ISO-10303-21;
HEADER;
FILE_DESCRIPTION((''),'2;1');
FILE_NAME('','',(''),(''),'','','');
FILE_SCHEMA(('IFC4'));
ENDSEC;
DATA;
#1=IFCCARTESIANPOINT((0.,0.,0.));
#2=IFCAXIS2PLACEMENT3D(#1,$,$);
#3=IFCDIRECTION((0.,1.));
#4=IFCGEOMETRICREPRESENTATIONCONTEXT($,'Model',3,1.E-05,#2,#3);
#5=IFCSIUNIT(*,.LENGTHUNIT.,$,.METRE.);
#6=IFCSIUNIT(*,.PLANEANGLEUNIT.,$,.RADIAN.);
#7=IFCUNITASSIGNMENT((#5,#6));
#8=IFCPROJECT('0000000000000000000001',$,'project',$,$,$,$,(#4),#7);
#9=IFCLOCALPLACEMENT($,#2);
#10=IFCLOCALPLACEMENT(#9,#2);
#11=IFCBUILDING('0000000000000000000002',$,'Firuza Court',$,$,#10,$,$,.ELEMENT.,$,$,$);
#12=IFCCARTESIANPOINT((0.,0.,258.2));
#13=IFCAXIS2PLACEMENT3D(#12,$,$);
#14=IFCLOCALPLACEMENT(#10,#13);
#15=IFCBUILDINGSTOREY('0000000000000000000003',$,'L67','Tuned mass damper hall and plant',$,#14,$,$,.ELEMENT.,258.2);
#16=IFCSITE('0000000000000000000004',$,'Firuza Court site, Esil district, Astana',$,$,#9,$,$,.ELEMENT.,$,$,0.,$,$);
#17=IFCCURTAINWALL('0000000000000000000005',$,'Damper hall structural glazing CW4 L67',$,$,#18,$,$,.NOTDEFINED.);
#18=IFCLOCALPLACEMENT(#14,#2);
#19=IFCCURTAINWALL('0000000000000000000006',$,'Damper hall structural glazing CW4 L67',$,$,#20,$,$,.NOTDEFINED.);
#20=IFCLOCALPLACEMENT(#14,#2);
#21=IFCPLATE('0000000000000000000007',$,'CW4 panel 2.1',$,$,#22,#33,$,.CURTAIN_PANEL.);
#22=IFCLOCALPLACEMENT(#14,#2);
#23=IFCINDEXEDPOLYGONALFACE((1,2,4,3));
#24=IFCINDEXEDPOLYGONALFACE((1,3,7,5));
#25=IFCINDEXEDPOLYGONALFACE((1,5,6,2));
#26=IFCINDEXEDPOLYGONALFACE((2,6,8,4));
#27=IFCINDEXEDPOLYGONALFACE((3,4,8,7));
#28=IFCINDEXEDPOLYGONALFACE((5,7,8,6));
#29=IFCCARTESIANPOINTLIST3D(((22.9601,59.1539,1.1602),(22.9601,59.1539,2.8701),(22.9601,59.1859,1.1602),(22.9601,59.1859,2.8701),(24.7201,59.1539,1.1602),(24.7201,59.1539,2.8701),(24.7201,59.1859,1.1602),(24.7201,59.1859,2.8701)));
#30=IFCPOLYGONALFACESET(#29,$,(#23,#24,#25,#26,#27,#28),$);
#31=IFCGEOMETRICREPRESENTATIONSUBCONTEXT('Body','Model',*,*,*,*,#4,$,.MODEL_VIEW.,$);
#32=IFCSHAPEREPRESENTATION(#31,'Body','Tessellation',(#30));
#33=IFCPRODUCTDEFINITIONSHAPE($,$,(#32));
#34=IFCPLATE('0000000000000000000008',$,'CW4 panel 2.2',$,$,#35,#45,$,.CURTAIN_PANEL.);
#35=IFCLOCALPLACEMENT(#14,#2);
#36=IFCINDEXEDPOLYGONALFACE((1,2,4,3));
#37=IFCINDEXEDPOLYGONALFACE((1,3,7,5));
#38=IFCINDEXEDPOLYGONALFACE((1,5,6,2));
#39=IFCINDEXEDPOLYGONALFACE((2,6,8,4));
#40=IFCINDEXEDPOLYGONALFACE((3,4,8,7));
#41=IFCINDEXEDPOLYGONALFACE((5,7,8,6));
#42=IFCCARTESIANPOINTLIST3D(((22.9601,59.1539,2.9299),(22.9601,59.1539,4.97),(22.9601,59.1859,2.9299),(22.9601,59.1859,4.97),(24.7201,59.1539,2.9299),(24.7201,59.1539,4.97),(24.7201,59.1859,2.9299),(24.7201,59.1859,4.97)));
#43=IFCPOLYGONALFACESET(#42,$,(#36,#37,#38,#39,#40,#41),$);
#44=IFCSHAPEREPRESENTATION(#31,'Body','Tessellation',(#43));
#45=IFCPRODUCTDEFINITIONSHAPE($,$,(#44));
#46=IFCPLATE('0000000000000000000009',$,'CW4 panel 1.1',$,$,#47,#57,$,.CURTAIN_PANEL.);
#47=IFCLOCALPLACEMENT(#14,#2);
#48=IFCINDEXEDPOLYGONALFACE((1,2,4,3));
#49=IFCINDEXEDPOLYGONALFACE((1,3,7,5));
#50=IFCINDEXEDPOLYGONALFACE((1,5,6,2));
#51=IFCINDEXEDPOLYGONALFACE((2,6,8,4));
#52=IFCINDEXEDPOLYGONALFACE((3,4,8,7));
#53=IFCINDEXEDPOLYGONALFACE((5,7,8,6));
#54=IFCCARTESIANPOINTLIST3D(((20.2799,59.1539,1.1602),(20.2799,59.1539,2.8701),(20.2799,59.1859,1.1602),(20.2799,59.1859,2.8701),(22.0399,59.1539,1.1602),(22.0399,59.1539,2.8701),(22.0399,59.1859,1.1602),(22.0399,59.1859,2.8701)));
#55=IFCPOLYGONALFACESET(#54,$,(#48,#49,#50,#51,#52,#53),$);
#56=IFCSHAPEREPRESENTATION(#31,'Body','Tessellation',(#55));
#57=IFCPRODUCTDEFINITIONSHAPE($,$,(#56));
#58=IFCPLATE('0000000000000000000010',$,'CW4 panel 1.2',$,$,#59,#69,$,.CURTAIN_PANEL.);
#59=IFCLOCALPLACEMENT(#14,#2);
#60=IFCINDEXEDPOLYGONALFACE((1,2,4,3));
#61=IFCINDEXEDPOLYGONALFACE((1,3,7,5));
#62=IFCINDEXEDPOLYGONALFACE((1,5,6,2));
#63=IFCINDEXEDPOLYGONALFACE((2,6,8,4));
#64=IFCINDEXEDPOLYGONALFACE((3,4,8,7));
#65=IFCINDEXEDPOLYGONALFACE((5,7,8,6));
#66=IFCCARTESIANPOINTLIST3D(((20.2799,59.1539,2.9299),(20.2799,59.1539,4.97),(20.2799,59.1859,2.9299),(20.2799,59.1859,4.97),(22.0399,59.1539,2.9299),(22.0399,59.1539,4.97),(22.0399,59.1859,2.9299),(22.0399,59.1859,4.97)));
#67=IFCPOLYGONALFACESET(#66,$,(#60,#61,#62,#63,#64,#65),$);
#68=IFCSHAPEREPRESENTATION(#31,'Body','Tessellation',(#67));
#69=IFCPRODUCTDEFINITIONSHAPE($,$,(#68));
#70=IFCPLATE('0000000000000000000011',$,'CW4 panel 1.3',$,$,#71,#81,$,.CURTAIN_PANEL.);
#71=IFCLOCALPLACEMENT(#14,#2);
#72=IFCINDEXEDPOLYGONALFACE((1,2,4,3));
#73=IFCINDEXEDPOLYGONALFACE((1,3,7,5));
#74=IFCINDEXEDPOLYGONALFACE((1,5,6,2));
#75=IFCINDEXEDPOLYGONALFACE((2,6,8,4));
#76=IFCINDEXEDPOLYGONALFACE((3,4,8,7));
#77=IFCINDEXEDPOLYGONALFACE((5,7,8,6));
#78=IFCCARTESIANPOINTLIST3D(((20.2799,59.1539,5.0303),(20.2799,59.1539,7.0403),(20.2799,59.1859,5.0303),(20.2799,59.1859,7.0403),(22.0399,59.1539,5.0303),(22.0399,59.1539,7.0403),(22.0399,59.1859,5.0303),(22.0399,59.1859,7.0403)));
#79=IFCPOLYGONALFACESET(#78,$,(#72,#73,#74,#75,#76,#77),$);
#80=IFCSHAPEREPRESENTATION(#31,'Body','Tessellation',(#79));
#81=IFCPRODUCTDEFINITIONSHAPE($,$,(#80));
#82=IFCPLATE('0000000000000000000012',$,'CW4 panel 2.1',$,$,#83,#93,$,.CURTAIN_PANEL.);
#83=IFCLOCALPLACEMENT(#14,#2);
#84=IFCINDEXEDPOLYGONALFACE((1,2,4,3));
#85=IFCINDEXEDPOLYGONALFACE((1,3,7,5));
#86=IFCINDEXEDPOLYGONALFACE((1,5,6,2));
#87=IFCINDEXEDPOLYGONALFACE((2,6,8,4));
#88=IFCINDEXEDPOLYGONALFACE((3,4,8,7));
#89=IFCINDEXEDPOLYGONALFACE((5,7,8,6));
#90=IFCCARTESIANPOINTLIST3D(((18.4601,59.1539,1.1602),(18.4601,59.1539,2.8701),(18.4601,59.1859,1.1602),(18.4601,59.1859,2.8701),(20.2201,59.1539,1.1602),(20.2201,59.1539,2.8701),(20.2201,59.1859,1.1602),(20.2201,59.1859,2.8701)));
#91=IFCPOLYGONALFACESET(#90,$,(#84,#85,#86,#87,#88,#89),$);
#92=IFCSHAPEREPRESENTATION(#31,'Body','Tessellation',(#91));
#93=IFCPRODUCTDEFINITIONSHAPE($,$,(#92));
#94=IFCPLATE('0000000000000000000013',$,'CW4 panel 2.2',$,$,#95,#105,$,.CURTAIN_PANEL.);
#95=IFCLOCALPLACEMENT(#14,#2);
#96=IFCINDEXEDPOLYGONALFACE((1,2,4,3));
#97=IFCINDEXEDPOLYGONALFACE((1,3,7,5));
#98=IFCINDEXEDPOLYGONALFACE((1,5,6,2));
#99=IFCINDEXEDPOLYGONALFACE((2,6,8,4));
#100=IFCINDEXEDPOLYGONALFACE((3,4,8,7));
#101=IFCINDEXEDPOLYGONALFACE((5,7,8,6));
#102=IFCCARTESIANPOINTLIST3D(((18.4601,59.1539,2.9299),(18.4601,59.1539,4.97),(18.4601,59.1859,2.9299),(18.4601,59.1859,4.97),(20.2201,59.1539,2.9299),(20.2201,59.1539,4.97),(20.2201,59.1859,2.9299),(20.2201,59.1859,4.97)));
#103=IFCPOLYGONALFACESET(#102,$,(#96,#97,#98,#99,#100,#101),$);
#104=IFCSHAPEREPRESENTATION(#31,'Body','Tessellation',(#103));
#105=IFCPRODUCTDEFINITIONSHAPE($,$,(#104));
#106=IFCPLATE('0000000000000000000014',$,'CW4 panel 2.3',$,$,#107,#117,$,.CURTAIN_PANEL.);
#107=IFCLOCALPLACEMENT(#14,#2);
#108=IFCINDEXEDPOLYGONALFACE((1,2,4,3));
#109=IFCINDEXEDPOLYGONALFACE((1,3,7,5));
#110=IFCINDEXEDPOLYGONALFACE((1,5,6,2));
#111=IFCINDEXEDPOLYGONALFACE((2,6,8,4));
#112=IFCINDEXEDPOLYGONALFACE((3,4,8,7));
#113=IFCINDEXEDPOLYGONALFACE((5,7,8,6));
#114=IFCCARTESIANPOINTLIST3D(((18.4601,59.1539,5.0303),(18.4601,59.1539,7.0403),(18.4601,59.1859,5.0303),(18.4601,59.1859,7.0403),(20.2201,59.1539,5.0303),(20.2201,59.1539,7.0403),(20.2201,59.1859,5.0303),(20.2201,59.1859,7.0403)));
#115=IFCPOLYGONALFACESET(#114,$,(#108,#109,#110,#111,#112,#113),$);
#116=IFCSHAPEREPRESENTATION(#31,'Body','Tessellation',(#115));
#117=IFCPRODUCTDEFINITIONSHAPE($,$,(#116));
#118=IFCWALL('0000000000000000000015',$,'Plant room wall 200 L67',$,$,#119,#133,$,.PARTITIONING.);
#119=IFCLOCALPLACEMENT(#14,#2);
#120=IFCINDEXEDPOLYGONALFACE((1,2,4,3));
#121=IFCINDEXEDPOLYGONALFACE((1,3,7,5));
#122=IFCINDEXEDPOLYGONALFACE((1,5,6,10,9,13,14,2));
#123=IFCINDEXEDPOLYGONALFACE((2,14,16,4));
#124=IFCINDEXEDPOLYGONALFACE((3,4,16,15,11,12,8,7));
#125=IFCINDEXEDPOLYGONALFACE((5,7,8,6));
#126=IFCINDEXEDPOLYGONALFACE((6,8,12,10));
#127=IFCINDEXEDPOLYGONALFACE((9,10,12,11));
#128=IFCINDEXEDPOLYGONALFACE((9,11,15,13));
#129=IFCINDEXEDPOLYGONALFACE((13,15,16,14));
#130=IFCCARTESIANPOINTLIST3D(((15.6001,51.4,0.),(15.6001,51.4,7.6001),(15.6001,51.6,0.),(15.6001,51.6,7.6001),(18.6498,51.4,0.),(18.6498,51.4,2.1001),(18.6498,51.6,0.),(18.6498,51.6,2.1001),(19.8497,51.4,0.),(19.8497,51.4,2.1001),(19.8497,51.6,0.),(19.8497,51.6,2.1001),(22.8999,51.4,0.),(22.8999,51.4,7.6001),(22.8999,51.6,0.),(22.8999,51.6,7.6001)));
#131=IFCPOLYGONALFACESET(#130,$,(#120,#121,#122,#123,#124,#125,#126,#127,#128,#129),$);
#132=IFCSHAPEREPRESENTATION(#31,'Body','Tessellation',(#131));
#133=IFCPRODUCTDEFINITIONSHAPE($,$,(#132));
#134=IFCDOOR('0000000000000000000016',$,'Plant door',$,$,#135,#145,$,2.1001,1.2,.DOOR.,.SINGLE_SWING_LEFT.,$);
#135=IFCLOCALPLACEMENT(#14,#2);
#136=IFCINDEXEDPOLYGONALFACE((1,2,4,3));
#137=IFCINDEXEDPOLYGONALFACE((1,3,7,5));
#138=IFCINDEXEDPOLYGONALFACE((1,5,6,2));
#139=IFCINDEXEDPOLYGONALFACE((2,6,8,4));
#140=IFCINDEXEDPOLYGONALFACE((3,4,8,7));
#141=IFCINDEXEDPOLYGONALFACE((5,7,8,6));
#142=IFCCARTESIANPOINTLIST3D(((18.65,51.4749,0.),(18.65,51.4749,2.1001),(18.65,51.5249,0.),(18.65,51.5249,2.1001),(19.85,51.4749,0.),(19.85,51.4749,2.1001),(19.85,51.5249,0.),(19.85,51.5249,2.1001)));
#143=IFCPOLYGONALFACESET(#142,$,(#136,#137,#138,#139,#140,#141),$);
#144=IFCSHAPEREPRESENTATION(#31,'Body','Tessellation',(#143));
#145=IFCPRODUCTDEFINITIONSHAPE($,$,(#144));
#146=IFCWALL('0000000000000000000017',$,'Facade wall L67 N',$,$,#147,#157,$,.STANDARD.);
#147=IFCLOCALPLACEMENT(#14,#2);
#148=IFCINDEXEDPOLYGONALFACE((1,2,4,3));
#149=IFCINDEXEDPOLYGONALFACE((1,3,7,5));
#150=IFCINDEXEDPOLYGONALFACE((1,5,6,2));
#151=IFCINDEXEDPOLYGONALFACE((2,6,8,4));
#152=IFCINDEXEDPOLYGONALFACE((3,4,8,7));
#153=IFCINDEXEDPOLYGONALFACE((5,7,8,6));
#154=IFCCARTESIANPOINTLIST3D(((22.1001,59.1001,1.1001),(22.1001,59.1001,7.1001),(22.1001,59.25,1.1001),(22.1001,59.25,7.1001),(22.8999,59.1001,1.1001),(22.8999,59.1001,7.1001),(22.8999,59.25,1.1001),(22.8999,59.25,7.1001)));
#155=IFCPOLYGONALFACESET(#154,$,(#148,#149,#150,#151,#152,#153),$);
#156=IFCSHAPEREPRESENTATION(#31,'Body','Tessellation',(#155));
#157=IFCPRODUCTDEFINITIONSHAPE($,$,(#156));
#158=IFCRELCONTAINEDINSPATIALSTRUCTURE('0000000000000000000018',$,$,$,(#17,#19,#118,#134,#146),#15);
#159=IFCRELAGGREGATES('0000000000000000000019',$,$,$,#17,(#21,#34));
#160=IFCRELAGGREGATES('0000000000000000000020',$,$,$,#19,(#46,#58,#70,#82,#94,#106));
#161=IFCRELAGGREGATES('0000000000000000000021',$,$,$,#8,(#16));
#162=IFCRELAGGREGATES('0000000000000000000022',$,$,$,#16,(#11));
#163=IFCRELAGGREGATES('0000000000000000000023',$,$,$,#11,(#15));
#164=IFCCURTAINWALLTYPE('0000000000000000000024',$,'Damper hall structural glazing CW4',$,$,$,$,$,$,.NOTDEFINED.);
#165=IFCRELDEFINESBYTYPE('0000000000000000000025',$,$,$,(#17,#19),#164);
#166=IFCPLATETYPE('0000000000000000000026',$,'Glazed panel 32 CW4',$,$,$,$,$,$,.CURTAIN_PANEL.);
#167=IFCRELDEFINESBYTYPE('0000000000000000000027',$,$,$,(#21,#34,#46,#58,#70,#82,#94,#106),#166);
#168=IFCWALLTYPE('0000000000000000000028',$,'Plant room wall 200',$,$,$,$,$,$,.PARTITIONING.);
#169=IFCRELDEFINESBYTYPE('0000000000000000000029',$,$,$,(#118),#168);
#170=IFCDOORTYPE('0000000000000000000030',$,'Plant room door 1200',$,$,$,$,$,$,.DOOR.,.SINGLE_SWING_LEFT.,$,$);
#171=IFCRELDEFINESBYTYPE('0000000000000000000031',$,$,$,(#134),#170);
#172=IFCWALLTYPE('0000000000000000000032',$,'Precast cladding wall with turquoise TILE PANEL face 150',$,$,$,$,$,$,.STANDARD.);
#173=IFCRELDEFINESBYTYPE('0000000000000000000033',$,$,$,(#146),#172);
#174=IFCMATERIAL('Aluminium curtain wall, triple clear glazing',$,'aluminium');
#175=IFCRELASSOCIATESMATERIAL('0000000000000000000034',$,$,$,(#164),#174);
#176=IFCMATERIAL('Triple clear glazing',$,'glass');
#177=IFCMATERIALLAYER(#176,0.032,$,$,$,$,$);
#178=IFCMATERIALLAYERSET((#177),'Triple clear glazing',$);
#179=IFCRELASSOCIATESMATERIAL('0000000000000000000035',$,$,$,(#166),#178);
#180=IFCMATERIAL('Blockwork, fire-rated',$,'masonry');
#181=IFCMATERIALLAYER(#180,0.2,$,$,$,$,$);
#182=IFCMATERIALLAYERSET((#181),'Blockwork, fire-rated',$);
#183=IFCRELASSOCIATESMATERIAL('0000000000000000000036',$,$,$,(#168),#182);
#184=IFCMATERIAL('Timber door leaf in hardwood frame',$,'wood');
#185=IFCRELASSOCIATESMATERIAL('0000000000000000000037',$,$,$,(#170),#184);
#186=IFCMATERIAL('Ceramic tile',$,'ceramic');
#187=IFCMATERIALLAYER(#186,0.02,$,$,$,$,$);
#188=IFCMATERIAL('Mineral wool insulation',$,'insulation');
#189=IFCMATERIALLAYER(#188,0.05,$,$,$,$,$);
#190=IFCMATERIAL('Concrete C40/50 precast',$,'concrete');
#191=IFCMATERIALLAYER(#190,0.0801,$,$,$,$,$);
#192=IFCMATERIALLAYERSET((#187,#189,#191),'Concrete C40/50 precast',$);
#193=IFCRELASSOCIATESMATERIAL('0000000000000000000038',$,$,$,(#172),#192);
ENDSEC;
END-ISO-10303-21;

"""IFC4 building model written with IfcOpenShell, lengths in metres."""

from ifc_helpers import new_model, si_unit, direction, frame, frame_2d, origin, origin_2d, place, context, subcontext, project, spatial, rectangle, extrude, material, layer, layer_set, type_object, element, fill, aggregate, save


model = new_model("IFC4")

# Units and contexts
model_context = context("Model", 3, precision=1e-05, world=origin(), true_north=direction((0.0, 1.0)))
body_context = subcontext(model_context, "Body", "Model", "MODEL_VIEW")
ifc_project = project(units=[si_unit("LENGTHUNIT", "METRE"), si_unit("PLANEANGLEUNIT", "RADIAN")], contexts=[model_context])

# Site, building, storey
site_placement = place(None, origin())
site = spatial("IfcSite", under=ifc_project, at=site_placement, Name="Firuza Court site, Esil district, Astana", CompositionType="ELEMENT", RefElevation=0.0)
building_placement = place(site_placement, origin())
building = spatial("IfcBuilding", under=site, at=building_placement, Name="Firuza Court", CompositionType="ELEMENT")
storey_placement = place(building_placement, frame((0.0, 0.0, 258.2)))
storey = spatial("IfcBuildingStorey", under=building, at=storey_placement, Name="L67", Description="Tuned mass damper hall and plant", CompositionType="ELEMENT", Elevation=258.2)

# Curtain wall
ifc_material_1 = material(Name="Aluminium curtain wall, triple clear glazing", Category="aluminium")
curtain_wall_type = type_object("IfcCurtainWallType", Name="Damper hall structural glazing CW4", PredefinedType="NOTDEFINED", material=ifc_material_1)
curtain_wall_1_placement = place(storey_placement, origin())
curtain_wall_1 = element("IfcCurtainWall", 1, at=curtain_wall_1_placement, inside=storey, type_object=curtain_wall_type, Name="Damper hall structural glazing CW4 L67", PredefinedType="NOTDEFINED")

# Curtain wall
curtain_wall_2_placement = place(storey_placement, origin())
curtain_wall_2 = element("IfcCurtainWall", 2, at=curtain_wall_2_placement, inside=storey, type_object=curtain_wall_type, Name="Damper hall structural glazing CW4 L67", PredefinedType="NOTDEFINED")

# Plates
ifc_material_2 = material(Name="Triple clear glazing", Category="glass")
ifc_layer_1 = layer(ifc_material_2, 0.032)
ifc_layer_set_1 = layer_set([ifc_layer_1], Name="Triple clear glazing")
plate_type = type_object("IfcPlateType", Name="Glazed panel 32 CW4", PredefinedType="CURTAIN_PANEL", material=ifc_layer_set_1)
plate_1_placement = place(storey_placement, frame((23.8401, 59.1699, 1.1602), z_axis=(0.0, 0.0, 1.0), x_axis=(-1.0, 0.0, 0.0)))
plate_1 = element("IfcPlate", 3, at=plate_1_placement, type_object=plate_type, Name="CW4 panel 2.1", PredefinedType="CURTAIN_PANEL", context=body_context, shape_type="SweptSolid", body=[
    extrude(rectangle(XDim=1.76, YDim=0.032, at=origin_2d()), origin(), (0.0, 0.0, 1.0), 1.71),
])
plate_2_placement = place(storey_placement, frame((23.8401, 59.1699, 2.9299), z_axis=(0.0, 0.0, 1.0), x_axis=(-1.0, 0.0, 0.0)))
plate_2 = element("IfcPlate", 4, at=plate_2_placement, type_object=plate_type, Name="CW4 panel 2.2", PredefinedType="CURTAIN_PANEL", context=body_context, shape_type="SweptSolid", body=[
    extrude(rectangle(XDim=1.76, YDim=0.032, at=origin_2d()), origin(), (0.0, 0.0, 1.0), 2.04),
])
aggregate(curtain_wall_1, [plate_1, plate_2])
plate_3_placement = place(storey_placement, frame((21.1599, 59.1699, 1.1602), z_axis=(0.0, 0.0, 1.0), x_axis=(-1.0, 0.0, 0.0)))
plate_3 = element("IfcPlate", 5, at=plate_3_placement, type_object=plate_type, Name="CW4 panel 1.1", PredefinedType="CURTAIN_PANEL", context=body_context, shape_type="SweptSolid", body=[
    extrude(rectangle(XDim=1.76, YDim=0.032, at=origin_2d()), origin(), (0.0, 0.0, 1.0), 1.71),
])
plate_4_placement = place(storey_placement, frame((21.1599, 59.1699, 2.9299), z_axis=(0.0, 0.0, 1.0), x_axis=(-1.0, 0.0, 0.0)))
plate_4 = element("IfcPlate", 6, at=plate_4_placement, type_object=plate_type, Name="CW4 panel 1.2", PredefinedType="CURTAIN_PANEL", context=body_context, shape_type="SweptSolid", body=[
    extrude(rectangle(XDim=1.76, YDim=0.032, at=origin_2d()), origin(), (0.0, 0.0, 1.0), 2.04),
])
plate_5_placement = place(storey_placement, frame((21.1599, 59.1699, 5.0303), z_axis=(0.0, 0.0, 1.0), x_axis=(-1.0, 0.0, 0.0)))
plate_5 = element("IfcPlate", 7, at=plate_5_placement, type_object=plate_type, Name="CW4 panel 1.3", PredefinedType="CURTAIN_PANEL", context=body_context, shape_type="SweptSolid", body=[
    extrude(rectangle(XDim=1.76, YDim=0.032, at=origin_2d()), origin(), (0.0, 0.0, 1.0), 2.01),
])
plate_6_placement = place(storey_placement, frame((19.3401, 59.1699, 1.1602), z_axis=(0.0, 0.0, 1.0), x_axis=(-1.0, 0.0, 0.0)))
plate_6 = element("IfcPlate", 8, at=plate_6_placement, type_object=plate_type, Name="CW4 panel 2.1", PredefinedType="CURTAIN_PANEL", context=body_context, shape_type="SweptSolid", body=[
    extrude(rectangle(XDim=1.76, YDim=0.032, at=origin_2d()), origin(), (0.0, 0.0, 1.0), 1.71),
])
plate_7_placement = place(storey_placement, frame((19.3401, 59.1699, 2.9299), z_axis=(0.0, 0.0, 1.0), x_axis=(-1.0, 0.0, 0.0)))
plate_7 = element("IfcPlate", 9, at=plate_7_placement, type_object=plate_type, Name="CW4 panel 2.2", PredefinedType="CURTAIN_PANEL", context=body_context, shape_type="SweptSolid", body=[
    extrude(rectangle(XDim=1.76, YDim=0.032, at=origin_2d()), origin(), (0.0, 0.0, 1.0), 2.04),
])
plate_8_placement = place(storey_placement, frame((19.3401, 59.1699, 5.0303), z_axis=(0.0, 0.0, 1.0), x_axis=(-1.0, 0.0, 0.0)))
plate_8 = element("IfcPlate", 10, at=plate_8_placement, type_object=plate_type, Name="CW4 panel 2.3", PredefinedType="CURTAIN_PANEL", context=body_context, shape_type="SweptSolid", body=[
    extrude(rectangle(XDim=1.76, YDim=0.032, at=origin_2d()), origin(), (0.0, 0.0, 1.0), 2.01),
])
aggregate(curtain_wall_2, [plate_3, plate_4, plate_5, plate_6, plate_7, plate_8])

# Wall, opening, door
ifc_material_3 = material(Name="Blockwork, fire-rated", Category="masonry")
ifc_layer_2 = layer(ifc_material_3, 0.2)
ifc_layer_set_2 = layer_set([ifc_layer_2], Name="Blockwork, fire-rated")
wall_type_1 = type_object("IfcWallType", Name="Plant room wall 200", PredefinedType="PARTITIONING", material=ifc_layer_set_2)
wall_1_placement = place(storey_placement, frame((22.8999, 51.5, 0.0), z_axis=(0.0, 0.0, 1.0), x_axis=(-1.0, 0.0, 0.0)))
wall_1 = element("IfcWall", 11, at=wall_1_placement, inside=storey, type_object=wall_type_1, Name="Plant room wall 200 L67", PredefinedType="PARTITIONING", context=body_context, shape_type="SweptSolid", body=[
    extrude(rectangle(XDim=7.2998, YDim=0.2, at=frame_2d((3.6499, 0.0))), origin(), (0.0, 0.0, 1.0), 7.6001),
])
opening_1_placement = place(wall_1_placement, frame((3.05, 0.0, 0.0)))
opening_1 = element("IfcOpeningElement", 12, at=opening_1_placement, cuts=wall_1, PredefinedType="OPENING", context=body_context, shape_type="SweptSolid", body=[
    extrude(rectangle(XDim=1.2, YDim=2.1001, at=frame_2d((0.6001, 1.05))), frame((0.0, 0.1118, 0.0), z_axis=(0.0, -1.0, 0.0), x_axis=(1.0, 0.0, 0.0)), (0.0, 0.0, 1.0), 0.2239),
])
ifc_material_4 = material(Name="Timber door leaf in hardwood frame", Category="wood")
door_type_1 = type_object("IfcDoorType", Name="Plant room door 1200", OperationType="SINGLE_SWING_LEFT", PredefinedType="DOOR", material=ifc_material_4)
door_1_placement = place(opening_1_placement, frame((1.2, 0.0, 0.0), z_axis=(0.0, 0.0, 1.0), x_axis=(-1.0, 0.0, 0.0)))
door_1 = element("IfcDoor", 13, at=door_1_placement, inside=storey, type_object=door_type_1, Name="Plant door", OperationType="SINGLE_SWING_LEFT", OverallHeight=2.1001, OverallWidth=1.2, PredefinedType="DOOR", context=body_context, shape_type="SweptSolid", body=[
    extrude(rectangle(XDim=1.2, YDim=2.1001, at=frame_2d((0.6001, 1.05))), frame((0.0, 0.0249, 0.0), z_axis=(0.0, -1.0, 0.0), x_axis=(1.0, 0.0, 0.0)), (0.0, 0.0, 1.0), 0.05),
])
fill(opening_1, door_1)

# Wall
ifc_material_5 = material(Name="Ceramic tile", Category="ceramic")
ifc_layer_3 = layer(ifc_material_5, 0.02)
ifc_material_6 = material(Name="Mineral wool insulation", Category="insulation")
ifc_layer_4 = layer(ifc_material_6, 0.05)
ifc_material_7 = material(Name="Concrete C40/50 precast", Category="concrete")
ifc_layer_5 = layer(ifc_material_7, 0.0801)
ifc_layer_set_3 = layer_set([ifc_layer_3, ifc_layer_4, ifc_layer_5], Name="Concrete C40/50 precast")
wall_type_2 = type_object("IfcWallType", Name="Precast cladding wall with turquoise TILE PANEL face 150", PredefinedType="STANDARD", material=ifc_layer_set_3)
wall_2_placement = place(storey_placement, frame((22.8999, 59.175, 1.1001), z_axis=(0.0, 0.0, 1.0), x_axis=(-1.0, 0.0, 0.0)))
element("IfcWall", 14, at=wall_2_placement, inside=storey, type_object=wall_type_2, Name="Facade wall L67 N", PredefinedType="STANDARD", context=body_context, shape_type="SweptSolid", body=[
    extrude(rectangle(XDim=0.7998, YDim=0.1499, at=frame_2d((0.3999, 0.0))), origin(), (0.0, 0.0, 1.0), 6.0),
])

save(model, "model.ifc")
